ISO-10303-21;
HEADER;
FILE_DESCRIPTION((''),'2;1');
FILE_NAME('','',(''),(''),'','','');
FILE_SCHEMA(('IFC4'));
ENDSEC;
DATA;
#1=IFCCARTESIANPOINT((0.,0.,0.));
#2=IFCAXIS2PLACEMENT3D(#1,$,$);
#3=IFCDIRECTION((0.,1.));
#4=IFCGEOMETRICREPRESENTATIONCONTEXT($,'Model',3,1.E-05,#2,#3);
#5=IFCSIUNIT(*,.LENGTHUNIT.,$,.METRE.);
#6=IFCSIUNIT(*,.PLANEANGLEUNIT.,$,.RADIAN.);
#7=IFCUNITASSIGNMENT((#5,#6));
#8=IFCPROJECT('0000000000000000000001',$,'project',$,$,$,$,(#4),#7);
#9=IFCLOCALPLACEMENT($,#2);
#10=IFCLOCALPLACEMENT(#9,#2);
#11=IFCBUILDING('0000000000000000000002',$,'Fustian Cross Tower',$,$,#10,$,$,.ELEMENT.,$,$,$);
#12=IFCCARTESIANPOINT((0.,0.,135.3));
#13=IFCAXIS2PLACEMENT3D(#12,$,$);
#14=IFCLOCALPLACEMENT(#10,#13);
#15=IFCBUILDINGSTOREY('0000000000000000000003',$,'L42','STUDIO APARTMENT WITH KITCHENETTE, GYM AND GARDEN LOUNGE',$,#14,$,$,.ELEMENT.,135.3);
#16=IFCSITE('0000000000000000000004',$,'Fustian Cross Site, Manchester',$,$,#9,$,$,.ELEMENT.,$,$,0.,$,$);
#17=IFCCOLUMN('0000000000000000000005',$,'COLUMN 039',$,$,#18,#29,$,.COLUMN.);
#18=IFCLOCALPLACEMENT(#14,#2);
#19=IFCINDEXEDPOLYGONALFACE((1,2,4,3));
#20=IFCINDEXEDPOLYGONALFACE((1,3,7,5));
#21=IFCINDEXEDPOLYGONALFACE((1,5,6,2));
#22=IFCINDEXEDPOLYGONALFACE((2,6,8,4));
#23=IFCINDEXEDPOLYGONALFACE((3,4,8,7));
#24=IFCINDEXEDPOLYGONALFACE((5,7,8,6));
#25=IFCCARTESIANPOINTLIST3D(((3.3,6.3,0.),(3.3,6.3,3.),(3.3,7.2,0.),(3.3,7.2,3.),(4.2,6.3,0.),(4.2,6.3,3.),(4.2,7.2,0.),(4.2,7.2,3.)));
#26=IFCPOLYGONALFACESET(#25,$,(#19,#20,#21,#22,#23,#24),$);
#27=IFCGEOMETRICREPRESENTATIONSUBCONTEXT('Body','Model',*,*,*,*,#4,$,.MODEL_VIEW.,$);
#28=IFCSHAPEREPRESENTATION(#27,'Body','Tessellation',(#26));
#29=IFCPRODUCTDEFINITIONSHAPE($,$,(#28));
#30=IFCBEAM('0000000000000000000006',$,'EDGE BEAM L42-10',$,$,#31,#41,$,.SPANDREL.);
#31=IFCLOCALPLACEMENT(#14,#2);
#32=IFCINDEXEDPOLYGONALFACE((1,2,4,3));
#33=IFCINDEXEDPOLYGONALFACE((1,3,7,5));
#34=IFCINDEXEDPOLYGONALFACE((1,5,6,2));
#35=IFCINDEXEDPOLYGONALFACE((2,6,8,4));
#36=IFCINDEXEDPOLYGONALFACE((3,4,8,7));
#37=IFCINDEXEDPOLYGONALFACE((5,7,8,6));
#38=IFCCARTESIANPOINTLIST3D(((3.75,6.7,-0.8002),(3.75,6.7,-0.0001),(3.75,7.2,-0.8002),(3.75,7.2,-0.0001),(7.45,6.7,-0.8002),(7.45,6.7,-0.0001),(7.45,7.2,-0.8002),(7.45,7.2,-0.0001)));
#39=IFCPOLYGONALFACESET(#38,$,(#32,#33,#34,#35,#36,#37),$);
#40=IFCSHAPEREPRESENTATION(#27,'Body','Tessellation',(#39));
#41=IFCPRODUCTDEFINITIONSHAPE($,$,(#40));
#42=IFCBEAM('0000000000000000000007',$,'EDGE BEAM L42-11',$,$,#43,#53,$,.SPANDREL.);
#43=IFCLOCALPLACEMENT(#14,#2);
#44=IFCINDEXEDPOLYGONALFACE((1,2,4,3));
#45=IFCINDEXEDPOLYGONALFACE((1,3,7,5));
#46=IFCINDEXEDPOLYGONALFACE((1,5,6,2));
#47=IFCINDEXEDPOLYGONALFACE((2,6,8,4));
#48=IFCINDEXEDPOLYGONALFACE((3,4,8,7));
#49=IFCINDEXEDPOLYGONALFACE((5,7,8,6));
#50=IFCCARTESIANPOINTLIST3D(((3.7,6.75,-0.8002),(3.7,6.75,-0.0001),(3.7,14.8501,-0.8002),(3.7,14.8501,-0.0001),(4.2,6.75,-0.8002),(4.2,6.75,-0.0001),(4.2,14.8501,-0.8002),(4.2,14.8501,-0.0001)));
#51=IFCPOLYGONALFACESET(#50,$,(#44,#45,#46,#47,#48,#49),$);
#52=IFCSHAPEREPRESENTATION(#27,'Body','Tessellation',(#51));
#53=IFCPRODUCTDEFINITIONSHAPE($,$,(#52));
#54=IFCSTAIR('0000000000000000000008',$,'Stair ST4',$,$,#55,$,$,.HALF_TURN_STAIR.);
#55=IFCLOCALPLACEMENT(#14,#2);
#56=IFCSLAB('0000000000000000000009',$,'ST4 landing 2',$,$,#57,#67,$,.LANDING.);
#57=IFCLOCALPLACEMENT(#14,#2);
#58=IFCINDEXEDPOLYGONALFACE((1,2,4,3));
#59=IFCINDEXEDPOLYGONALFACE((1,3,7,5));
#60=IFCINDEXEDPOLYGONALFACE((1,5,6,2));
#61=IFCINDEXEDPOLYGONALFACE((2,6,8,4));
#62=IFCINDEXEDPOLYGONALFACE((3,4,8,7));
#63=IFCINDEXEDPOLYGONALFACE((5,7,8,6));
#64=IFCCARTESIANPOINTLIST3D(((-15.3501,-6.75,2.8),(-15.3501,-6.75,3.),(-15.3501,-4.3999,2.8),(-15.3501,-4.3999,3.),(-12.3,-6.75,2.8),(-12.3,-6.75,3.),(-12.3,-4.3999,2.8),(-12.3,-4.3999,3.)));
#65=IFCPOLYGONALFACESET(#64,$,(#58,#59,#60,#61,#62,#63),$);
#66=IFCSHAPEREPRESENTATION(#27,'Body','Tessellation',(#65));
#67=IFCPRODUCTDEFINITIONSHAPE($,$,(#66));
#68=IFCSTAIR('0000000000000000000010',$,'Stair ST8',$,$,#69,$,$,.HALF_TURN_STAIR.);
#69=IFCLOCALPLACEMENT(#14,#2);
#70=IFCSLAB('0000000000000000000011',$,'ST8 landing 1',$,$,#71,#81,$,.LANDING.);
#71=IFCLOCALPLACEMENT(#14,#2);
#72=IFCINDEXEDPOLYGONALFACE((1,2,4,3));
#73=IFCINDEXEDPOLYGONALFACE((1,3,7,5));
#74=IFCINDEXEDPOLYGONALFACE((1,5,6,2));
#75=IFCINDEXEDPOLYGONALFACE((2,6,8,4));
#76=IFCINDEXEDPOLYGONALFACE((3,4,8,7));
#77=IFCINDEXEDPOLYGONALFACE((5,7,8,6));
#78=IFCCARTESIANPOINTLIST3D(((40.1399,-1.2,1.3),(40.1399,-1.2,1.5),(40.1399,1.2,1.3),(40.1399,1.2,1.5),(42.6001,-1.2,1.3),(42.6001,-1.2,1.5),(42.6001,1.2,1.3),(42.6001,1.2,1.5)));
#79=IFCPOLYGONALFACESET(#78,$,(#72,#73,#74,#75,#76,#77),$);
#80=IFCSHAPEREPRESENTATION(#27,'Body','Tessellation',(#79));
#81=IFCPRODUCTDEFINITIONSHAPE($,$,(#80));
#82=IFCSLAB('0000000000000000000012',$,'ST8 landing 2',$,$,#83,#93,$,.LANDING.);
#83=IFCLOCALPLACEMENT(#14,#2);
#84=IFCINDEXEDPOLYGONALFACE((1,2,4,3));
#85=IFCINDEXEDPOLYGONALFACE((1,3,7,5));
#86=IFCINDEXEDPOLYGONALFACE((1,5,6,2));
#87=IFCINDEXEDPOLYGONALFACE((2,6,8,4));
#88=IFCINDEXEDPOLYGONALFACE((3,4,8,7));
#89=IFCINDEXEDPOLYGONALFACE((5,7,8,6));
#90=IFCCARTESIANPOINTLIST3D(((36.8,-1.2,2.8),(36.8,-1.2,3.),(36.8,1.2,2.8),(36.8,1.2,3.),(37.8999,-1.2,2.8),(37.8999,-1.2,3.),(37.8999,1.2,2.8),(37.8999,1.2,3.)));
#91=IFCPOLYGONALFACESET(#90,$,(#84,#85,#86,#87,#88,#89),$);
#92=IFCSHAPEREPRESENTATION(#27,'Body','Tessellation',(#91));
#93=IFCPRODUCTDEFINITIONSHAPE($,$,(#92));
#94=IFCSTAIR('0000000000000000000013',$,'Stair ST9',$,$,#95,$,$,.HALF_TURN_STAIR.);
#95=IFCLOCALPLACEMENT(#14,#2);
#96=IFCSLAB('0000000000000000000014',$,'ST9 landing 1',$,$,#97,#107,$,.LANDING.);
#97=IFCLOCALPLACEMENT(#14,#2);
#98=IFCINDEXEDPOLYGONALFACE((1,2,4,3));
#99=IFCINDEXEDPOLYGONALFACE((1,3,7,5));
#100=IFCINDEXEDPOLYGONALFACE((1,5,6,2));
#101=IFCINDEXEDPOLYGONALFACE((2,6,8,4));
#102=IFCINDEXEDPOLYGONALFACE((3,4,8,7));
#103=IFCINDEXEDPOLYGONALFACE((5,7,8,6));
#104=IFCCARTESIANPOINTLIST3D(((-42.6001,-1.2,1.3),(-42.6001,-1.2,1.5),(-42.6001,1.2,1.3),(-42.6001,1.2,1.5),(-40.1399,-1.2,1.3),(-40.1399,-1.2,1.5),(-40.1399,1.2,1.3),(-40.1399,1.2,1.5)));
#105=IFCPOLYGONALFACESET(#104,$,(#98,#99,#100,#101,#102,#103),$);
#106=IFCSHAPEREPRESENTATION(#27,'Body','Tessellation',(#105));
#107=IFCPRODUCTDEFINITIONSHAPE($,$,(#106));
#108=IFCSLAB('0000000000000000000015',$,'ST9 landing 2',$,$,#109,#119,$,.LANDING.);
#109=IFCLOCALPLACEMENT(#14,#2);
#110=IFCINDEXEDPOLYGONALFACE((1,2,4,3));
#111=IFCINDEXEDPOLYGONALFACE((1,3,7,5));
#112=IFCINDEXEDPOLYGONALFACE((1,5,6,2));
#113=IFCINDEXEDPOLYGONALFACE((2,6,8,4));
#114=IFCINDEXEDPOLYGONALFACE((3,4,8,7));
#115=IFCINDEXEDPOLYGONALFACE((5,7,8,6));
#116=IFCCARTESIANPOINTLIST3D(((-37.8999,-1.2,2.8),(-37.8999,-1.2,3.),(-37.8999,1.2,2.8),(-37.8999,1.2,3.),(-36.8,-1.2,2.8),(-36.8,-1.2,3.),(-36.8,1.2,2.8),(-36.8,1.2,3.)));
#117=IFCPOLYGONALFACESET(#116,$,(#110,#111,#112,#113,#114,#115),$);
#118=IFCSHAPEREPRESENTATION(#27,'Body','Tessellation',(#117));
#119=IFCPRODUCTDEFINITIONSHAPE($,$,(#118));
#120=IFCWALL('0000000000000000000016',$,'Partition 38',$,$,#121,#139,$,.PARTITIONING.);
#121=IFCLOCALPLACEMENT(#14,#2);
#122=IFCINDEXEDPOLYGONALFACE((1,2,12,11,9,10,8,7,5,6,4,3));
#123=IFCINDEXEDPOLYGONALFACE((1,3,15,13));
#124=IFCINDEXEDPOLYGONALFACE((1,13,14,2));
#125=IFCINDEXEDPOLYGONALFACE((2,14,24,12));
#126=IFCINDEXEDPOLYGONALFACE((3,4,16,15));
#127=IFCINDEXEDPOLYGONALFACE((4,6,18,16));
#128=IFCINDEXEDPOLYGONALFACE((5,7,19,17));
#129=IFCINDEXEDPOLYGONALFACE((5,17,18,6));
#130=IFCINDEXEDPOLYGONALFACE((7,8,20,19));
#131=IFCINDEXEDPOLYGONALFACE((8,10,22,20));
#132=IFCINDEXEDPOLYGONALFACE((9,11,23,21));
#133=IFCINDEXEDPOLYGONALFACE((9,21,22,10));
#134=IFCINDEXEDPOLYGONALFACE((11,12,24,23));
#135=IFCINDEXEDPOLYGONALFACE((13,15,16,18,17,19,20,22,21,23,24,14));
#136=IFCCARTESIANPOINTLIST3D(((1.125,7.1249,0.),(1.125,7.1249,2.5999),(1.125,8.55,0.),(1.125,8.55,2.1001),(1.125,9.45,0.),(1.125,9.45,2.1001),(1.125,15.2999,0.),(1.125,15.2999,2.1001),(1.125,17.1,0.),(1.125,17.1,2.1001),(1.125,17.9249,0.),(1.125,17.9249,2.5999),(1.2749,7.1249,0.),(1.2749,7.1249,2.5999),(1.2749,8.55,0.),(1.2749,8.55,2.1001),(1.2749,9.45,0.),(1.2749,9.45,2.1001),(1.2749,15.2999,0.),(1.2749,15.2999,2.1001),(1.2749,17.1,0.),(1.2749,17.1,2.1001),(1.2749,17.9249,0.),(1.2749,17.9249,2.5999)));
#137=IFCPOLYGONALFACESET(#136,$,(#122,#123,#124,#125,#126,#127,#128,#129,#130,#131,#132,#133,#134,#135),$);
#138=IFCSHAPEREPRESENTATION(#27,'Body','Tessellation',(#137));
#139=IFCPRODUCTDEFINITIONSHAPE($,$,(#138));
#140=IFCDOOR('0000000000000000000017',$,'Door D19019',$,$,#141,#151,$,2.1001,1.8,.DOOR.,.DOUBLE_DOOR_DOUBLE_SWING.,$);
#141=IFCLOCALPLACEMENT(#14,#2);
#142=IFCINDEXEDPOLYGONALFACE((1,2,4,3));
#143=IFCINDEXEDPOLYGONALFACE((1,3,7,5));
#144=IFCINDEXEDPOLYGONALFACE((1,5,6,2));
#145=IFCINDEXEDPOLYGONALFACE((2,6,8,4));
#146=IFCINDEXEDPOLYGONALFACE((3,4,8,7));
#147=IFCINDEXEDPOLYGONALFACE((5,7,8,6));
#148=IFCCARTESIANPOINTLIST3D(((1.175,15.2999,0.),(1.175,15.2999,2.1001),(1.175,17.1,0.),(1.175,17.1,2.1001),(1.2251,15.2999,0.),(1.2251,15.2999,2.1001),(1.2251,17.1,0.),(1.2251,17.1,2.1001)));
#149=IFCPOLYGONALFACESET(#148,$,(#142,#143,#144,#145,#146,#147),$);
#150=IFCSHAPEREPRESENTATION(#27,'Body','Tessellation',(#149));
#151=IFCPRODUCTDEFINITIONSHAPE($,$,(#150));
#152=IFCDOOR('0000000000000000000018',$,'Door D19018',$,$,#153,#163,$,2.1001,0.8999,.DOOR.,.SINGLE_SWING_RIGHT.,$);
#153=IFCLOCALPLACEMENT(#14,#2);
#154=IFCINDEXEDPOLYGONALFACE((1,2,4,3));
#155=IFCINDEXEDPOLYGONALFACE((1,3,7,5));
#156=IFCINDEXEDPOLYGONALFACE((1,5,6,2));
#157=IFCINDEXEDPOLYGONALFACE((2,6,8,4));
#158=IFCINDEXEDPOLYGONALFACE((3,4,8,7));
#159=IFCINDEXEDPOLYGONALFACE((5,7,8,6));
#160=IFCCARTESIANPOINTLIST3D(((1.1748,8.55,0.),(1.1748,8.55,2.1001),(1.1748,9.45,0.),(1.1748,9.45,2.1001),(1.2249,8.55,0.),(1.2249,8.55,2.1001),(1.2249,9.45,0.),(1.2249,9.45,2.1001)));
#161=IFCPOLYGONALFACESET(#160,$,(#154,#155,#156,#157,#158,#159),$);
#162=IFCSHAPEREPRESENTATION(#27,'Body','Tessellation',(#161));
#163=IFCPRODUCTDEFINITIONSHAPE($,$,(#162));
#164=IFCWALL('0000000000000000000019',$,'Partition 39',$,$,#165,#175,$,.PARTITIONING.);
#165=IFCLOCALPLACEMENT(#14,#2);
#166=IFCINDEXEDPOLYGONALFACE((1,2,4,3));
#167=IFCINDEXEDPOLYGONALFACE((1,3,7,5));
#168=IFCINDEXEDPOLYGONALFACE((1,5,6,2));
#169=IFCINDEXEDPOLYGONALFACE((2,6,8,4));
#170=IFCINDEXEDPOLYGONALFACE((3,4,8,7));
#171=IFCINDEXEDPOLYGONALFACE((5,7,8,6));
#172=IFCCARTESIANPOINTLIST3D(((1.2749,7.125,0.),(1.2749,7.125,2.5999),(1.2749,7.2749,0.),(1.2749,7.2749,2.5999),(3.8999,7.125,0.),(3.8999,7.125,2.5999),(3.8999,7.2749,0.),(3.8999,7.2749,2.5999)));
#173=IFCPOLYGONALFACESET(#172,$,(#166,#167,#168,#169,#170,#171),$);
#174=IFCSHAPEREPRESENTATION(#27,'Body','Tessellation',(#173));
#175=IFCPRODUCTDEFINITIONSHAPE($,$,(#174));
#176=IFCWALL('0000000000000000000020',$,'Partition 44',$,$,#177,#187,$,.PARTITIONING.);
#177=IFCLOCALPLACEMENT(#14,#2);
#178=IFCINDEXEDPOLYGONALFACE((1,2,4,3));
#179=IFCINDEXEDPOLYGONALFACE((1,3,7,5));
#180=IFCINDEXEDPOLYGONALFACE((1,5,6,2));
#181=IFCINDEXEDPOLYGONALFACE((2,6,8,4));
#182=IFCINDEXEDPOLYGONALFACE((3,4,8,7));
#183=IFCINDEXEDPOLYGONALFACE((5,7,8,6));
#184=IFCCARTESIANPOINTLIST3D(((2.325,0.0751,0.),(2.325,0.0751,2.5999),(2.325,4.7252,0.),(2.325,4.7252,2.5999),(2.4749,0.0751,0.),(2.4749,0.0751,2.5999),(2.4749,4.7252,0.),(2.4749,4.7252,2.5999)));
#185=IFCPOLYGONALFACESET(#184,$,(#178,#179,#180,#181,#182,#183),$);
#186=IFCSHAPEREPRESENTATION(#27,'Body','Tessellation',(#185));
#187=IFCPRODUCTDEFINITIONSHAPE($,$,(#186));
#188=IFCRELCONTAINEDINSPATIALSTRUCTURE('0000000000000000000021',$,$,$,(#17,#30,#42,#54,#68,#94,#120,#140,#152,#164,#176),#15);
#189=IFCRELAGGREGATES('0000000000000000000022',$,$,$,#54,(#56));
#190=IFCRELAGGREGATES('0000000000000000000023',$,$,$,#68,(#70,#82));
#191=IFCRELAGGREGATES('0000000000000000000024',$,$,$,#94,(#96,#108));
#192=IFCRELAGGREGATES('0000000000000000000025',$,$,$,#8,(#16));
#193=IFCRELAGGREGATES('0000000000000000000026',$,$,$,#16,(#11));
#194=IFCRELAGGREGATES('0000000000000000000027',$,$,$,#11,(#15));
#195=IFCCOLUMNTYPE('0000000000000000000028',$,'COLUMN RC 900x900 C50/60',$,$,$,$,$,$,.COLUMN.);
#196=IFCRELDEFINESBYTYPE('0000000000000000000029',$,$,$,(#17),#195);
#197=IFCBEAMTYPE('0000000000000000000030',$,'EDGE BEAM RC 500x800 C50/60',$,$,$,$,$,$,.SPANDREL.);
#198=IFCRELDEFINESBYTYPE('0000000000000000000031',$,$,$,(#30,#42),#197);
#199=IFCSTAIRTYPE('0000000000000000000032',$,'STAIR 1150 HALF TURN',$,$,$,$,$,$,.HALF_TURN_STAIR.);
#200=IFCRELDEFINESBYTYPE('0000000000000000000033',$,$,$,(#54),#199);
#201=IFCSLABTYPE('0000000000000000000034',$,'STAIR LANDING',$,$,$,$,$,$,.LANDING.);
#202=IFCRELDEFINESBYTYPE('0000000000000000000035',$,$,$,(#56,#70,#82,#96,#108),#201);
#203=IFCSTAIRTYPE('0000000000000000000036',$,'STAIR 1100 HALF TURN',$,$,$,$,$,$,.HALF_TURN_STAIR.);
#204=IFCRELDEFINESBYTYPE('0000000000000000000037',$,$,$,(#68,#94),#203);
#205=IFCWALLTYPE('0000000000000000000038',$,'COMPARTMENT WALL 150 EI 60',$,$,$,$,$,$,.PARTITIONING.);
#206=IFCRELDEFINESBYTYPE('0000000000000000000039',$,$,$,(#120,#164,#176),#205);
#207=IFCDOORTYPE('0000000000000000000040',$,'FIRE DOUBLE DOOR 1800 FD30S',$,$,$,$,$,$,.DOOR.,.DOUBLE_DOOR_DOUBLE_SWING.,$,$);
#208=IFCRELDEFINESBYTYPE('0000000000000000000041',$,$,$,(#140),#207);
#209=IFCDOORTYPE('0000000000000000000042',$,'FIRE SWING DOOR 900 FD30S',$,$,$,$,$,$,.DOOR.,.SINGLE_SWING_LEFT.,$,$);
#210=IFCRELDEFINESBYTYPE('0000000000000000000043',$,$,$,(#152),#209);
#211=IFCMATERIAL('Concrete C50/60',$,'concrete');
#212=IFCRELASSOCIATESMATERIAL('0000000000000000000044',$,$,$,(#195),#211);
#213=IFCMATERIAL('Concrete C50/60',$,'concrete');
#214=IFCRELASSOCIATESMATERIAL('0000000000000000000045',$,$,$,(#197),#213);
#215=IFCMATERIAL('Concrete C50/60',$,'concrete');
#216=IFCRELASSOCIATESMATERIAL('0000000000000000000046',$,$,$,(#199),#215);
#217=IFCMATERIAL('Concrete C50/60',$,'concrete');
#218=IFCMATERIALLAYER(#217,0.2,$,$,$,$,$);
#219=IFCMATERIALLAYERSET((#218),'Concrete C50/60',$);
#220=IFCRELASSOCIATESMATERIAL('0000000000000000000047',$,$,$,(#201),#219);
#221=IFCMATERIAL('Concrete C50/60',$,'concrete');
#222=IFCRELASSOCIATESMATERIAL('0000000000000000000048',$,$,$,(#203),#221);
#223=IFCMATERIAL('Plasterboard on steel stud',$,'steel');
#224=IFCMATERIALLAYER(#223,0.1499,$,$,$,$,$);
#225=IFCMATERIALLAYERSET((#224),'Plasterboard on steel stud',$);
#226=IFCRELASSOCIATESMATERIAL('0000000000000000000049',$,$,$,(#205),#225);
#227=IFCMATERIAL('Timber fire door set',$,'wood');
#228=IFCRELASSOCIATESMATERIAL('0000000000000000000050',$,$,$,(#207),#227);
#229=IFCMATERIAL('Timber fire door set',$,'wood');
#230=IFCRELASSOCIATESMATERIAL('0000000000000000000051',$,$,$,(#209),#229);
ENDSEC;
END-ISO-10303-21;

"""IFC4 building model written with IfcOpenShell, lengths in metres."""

from ifc_helpers import new_model, si_unit, direction, frame, frame_2d, origin, origin_2d, place, context, subcontext, project, spatial, polyline, rectangle, outline, extrude, material, layer, layer_set, material_profile, profile_set, type_object, element, fill, aggregate, save


model = new_model("IFC4")

# Units and contexts
model_context = context("Model", 3, precision=1e-05, world=origin(), true_north=direction((0.0, 1.0)))
body_context = subcontext(model_context, "Body", "Model", "MODEL_VIEW")
ifc_project = project(units=[si_unit("LENGTHUNIT", "METRE"), si_unit("PLANEANGLEUNIT", "RADIAN")], contexts=[model_context])

# Site, building, storey
site_placement = place(None, origin())
site = spatial("IfcSite", under=ifc_project, at=site_placement, Name="Fustian Cross Site, Manchester", CompositionType="ELEMENT", RefElevation=0.0)
building_placement = place(site_placement, origin())
building = spatial("IfcBuilding", under=site, at=building_placement, Name="Fustian Cross Tower", CompositionType="ELEMENT")
storey_placement = place(building_placement, frame((0.0, 0.0, 135.3)))
storey = spatial("IfcBuildingStorey", under=building, at=storey_placement, Name="L42", Description="STUDIO APARTMENT WITH KITCHENETTE, GYM AND GARDEN LOUNGE", CompositionType="ELEMENT", Elevation=135.3)

# Column
ifc_material_1 = material(Name="Concrete C50/60", Category="concrete")
ifc_material_profile_1 = material_profile(ifc_material_1, rectangle(XDim=0.8999, YDim=0.8999, at=origin_2d()), Name="RC 900x900")
ifc_profile_set_1 = profile_set([ifc_material_profile_1], Name="Concrete C50/60")
column_type = type_object("IfcColumnType", Name="COLUMN RC 900x900 C50/60", PredefinedType="COLUMN", material=ifc_profile_set_1)
column_placement = place(storey_placement, frame((3.75, 6.75, 0.0), z_axis=(0.0, 0.0, 1.0), x_axis=(1.0, 0.0, 0.0)))
element("IfcColumn", 1, at=column_placement, inside=storey, type_object=column_type, Name="COLUMN 039", PredefinedType="COLUMN", context=body_context, shape_type="SweptSolid", body=[
    extrude(rectangle(XDim=0.8999, YDim=0.8999, at=origin_2d()), origin(), (0.0, 0.0, 1.0), 3.0),
])

# Beams
ifc_material_2 = material(Name="Concrete C50/60", Category="concrete")
ifc_material_profile_2 = material_profile(ifc_material_2, rectangle(XDim=0.5, YDim=0.8, at=origin_2d()), Name="RC 500x800")
ifc_profile_set_2 = profile_set([ifc_material_profile_2], Name="Concrete C50/60")
beam_type = type_object("IfcBeamType", Name="EDGE BEAM RC 500x800 C50/60", PredefinedType="SPANDREL", material=ifc_profile_set_2)
beam_1_placement = place(storey_placement, frame((7.45, 6.95, -0.4001), z_axis=(-1.0, 0.0, 0.0), x_axis=(0.0, -1.0, 0.0)))
element("IfcBeam", 2, at=beam_1_placement, inside=storey, type_object=beam_type, Name="EDGE BEAM L42-10", PredefinedType="SPANDREL", context=body_context, shape_type="SweptSolid", body=[
    extrude(rectangle(XDim=0.5, YDim=0.8, at=origin_2d()), origin(), (0.0, 0.0, 1.0), 3.7),
])
beam_2_placement = place(storey_placement, frame((3.95, 6.75, -0.4001), z_axis=(0.0, 1.0, 0.0), x_axis=(-1.0, 0.0, 0.0)))
element("IfcBeam", 3, at=beam_2_placement, inside=storey, type_object=beam_type, Name="EDGE BEAM L42-11", PredefinedType="SPANDREL", context=body_context, shape_type="SweptSolid", body=[
    extrude(rectangle(XDim=0.5, YDim=0.8, at=origin_2d()), origin(), (0.0, 0.0, 1.0), 8.1001),
])

# Stair, slab
ifc_material_3 = material(Name="Concrete C50/60", Category="concrete")
stair_type_1 = type_object("IfcStairType", Name="STAIR 1150 HALF TURN", PredefinedType="HALF_TURN_STAIR", material=ifc_material_3)
stair_1_placement = place(storey_placement, origin())
stair_1 = element("IfcStair", 4, at=stair_1_placement, inside=storey, type_object=stair_type_1, Name="Stair ST4", PredefinedType="HALF_TURN_STAIR")
ifc_material_4 = material(Name="Concrete C50/60", Category="concrete")
ifc_layer_1 = layer(ifc_material_4, 0.2)
ifc_layer_set_1 = layer_set([ifc_layer_1], Name="Concrete C50/60")
slab_type = type_object("IfcSlabType", Name="STAIR LANDING", PredefinedType="LANDING", material=ifc_layer_set_1)
slab_1_placement = place(storey_placement, frame((0.0, 0.0, 2.8)))
slab_1 = element("IfcSlab", 5, at=slab_1_placement, type_object=slab_type, Name="ST4 landing 2", PredefinedType="LANDING", context=body_context, shape_type="SweptSolid", body=[
    extrude(outline(polyline([(-12.3, -4.3999), (-15.3501, -4.3999), (-15.3501, -6.75), (-12.3, -6.75), (-12.3, -4.3999)])), origin(), (0.0, 0.0, 1.0), 0.2),
])
aggregate(stair_1, [slab_1])

# Stairs, slabs
ifc_material_5 = material(Name="Concrete C50/60", Category="concrete")
stair_type_2 = type_object("IfcStairType", Name="STAIR 1100 HALF TURN", PredefinedType="HALF_TURN_STAIR", material=ifc_material_5)
stair_2_placement = place(storey_placement, origin())
stair_2 = element("IfcStair", 6, at=stair_2_placement, inside=storey, type_object=stair_type_2, Name="Stair ST8", PredefinedType="HALF_TURN_STAIR")
slab_2_placement = place(storey_placement, frame((0.0, 0.0, 1.3)))
slab_2 = element("IfcSlab", 7, at=slab_2_placement, type_object=slab_type, Name="ST8 landing 1", PredefinedType="LANDING", context=body_context, shape_type="SweptSolid", body=[
    extrude(outline(polyline([(40.1399, -1.2), (42.6001, -1.2), (42.6001, 1.2), (40.1399, 1.2), (40.1399, -1.2)])), origin(), (0.0, 0.0, 1.0), 0.2),
])
slab_3_placement = place(storey_placement, frame((0.0, 0.0, 2.8)))
slab_3 = element("IfcSlab", 8, at=slab_3_placement, type_object=slab_type, Name="ST8 landing 2", PredefinedType="LANDING", context=body_context, shape_type="SweptSolid", body=[
    extrude(outline(polyline([(36.8, -1.2), (37.8999, -1.2), (37.8999, 1.2), (36.8, 1.2), (36.8, -1.2)])), origin(), (0.0, 0.0, 1.0), 0.2),
])
aggregate(stair_2, [slab_2, slab_3])
stair_3_placement = place(storey_placement, origin())
stair_3 = element("IfcStair", 9, at=stair_3_placement, inside=storey, type_object=stair_type_2, Name="Stair ST9", PredefinedType="HALF_TURN_STAIR")
slab_4_placement = place(storey_placement, frame((0.0, 0.0, 1.3)))
slab_4 = element("IfcSlab", 10, at=slab_4_placement, type_object=slab_type, Name="ST9 landing 1", PredefinedType="LANDING", context=body_context, shape_type="SweptSolid", body=[
    extrude(outline(polyline([(-40.1399, -1.2), (-42.6001, -1.2), (-42.6001, 1.2), (-40.1399, 1.2), (-40.1399, -1.2)])), origin(), (0.0, 0.0, 1.0), 0.2),
])
slab_5_placement = place(storey_placement, frame((0.0, 0.0, 2.8)))
slab_5 = element("IfcSlab", 11, at=slab_5_placement, type_object=slab_type, Name="ST9 landing 2", PredefinedType="LANDING", context=body_context, shape_type="SweptSolid", body=[
    extrude(outline(polyline([(-36.8, -1.2), (-37.8999, -1.2), (-37.8999, 1.2), (-36.8, 1.2), (-36.8, -1.2)])), origin(), (0.0, 0.0, 1.0), 0.2),
])
aggregate(stair_3, [slab_4, slab_5])

# Wall, openings, doors
ifc_material_6 = material(Name="Plasterboard on steel stud", Category="steel")
ifc_layer_2 = layer(ifc_material_6, 0.1499)
ifc_layer_set_2 = layer_set([ifc_layer_2], Name="Plasterboard on steel stud")
wall_type_1 = type_object("IfcWallType", Name="COMPARTMENT WALL 150 EI 60", PredefinedType="PARTITIONING", material=ifc_layer_set_2)
wall_1_placement = place(storey_placement, frame((1.2, 7.125, 0.0), z_axis=(0.0, 0.0, 1.0), x_axis=(0.0, 1.0, 0.0)))
wall_1 = element("IfcWall", 12, at=wall_1_placement, inside=storey, type_object=wall_type_1, Name="Partition 38", PredefinedType="PARTITIONING", context=body_context, shape_type="SweptSolid", body=[
    extrude(rectangle(XDim=10.8, YDim=0.1499, at=frame_2d((5.3999, 0.0))), origin(), (0.0, 0.0, 1.0), 2.5999),
])
opening_1_placement = place(wall_1_placement, frame((1.425, 0.0, 0.0)))
opening_1 = element("IfcOpeningElement", 13, at=opening_1_placement, cuts=wall_1, PredefinedType="OPENING", context=body_context, shape_type="SweptSolid", body=[
    extrude(rectangle(XDim=0.8999, YDim=2.1001, at=frame_2d((0.45, 1.05))), frame((0.0, 0.085, 0.0), z_axis=(0.0, -1.0, 0.0), x_axis=(1.0, 0.0, 0.0)), (0.0, 0.0, 1.0), 0.1699),
])
opening_2_placement = place(wall_1_placement, frame((8.175, 0.0, 0.0)))
opening_2 = element("IfcOpeningElement", 14, at=opening_2_placement, cuts=wall_1, PredefinedType="OPENING", context=body_context, shape_type="SweptSolid", body=[
    extrude(rectangle(XDim=1.8, YDim=2.1001, at=frame_2d((0.8999, 1.05))), frame((0.0, 0.085, 0.0), z_axis=(0.0, -1.0, 0.0), x_axis=(1.0, 0.0, 0.0)), (0.0, 0.0, 1.0), 0.1699),
])
ifc_material_7 = material(Name="Timber fire door set", Category="wood")
door_type_1 = type_object("IfcDoorType", Name="FIRE DOUBLE DOOR 1800 FD30S", OperationType="DOUBLE_DOOR_DOUBLE_SWING", PredefinedType="DOOR", material=ifc_material_7)
door_1_placement = place(opening_2_placement, origin())
door_1 = element("IfcDoor", 15, at=door_1_placement, inside=storey, type_object=door_type_1, Name="Door D19019", OperationType="DOUBLE_DOOR_DOUBLE_SWING", OverallHeight=2.1001, OverallWidth=1.8, PredefinedType="DOOR", context=body_context, shape_type="SweptSolid", body=[
    extrude(rectangle(XDim=1.8, YDim=2.1001, at=frame_2d((0.8999, 1.05))), frame((0.0, 0.0249, 0.0), z_axis=(0.0, -1.0, 0.0), x_axis=(1.0, 0.0, 0.0)), (0.0, 0.0, 1.0), 0.05),
])
fill(opening_2, door_1)
ifc_material_8 = material(Name="Timber fire door set", Category="wood")
door_type_2 = type_object("IfcDoorType", Name="FIRE SWING DOOR 900 FD30S", OperationType="SINGLE_SWING_LEFT", PredefinedType="DOOR", material=ifc_material_8)
door_2_placement = place(opening_1_placement, frame((0.8999, 0.0, 0.0), z_axis=(0.0, 0.0, 1.0), x_axis=(-1.0, 0.0, 0.0)))
door_2 = element("IfcDoor", 16, at=door_2_placement, inside=storey, type_object=door_type_2, Name="Door D19018", OperationType="SINGLE_SWING_RIGHT", OverallHeight=2.1001, OverallWidth=0.8999, PredefinedType="DOOR", context=body_context, shape_type="SweptSolid", body=[
    extrude(rectangle(XDim=0.8999, YDim=2.1001, at=frame_2d((0.45, 1.05))), frame((0.0, 0.0249, 0.0), z_axis=(0.0, -1.0, 0.0), x_axis=(1.0, 0.0, 0.0)), (0.0, 0.0, 1.0), 0.05),
])
fill(opening_1, door_2)

# Walls
wall_2_placement = place(storey_placement, frame((1.2749, 7.2, 0.0), z_axis=(0.0, 0.0, 1.0), x_axis=(1.0, 0.0, 0.0)))
element("IfcWall", 17, at=wall_2_placement, inside=storey, type_object=wall_type_1, Name="Partition 39", PredefinedType="PARTITIONING", context=body_context, shape_type="SweptSolid", body=[
    extrude(rectangle(XDim=2.625, YDim=0.1499, at=frame_2d((1.3125, 0.0))), origin(), (0.0, 0.0, 1.0), 2.5999),
])
wall_3_placement = place(storey_placement, frame((2.3999, 0.075, 0.0), z_axis=(0.0, 0.0, 1.0), x_axis=(0.0, 1.0, 0.0)))
element("IfcWall", 18, at=wall_3_placement, inside=storey, type_object=wall_type_1, Name="Partition 44", PredefinedType="PARTITIONING", context=body_context, shape_type="SweptSolid", body=[
    extrude(rectangle(XDim=4.6501, YDim=0.1499, at=frame_2d((2.3252, 0.0))), origin(), (0.0, 0.0, 1.0), 2.5999),
])

save(model, "model.ifc")
